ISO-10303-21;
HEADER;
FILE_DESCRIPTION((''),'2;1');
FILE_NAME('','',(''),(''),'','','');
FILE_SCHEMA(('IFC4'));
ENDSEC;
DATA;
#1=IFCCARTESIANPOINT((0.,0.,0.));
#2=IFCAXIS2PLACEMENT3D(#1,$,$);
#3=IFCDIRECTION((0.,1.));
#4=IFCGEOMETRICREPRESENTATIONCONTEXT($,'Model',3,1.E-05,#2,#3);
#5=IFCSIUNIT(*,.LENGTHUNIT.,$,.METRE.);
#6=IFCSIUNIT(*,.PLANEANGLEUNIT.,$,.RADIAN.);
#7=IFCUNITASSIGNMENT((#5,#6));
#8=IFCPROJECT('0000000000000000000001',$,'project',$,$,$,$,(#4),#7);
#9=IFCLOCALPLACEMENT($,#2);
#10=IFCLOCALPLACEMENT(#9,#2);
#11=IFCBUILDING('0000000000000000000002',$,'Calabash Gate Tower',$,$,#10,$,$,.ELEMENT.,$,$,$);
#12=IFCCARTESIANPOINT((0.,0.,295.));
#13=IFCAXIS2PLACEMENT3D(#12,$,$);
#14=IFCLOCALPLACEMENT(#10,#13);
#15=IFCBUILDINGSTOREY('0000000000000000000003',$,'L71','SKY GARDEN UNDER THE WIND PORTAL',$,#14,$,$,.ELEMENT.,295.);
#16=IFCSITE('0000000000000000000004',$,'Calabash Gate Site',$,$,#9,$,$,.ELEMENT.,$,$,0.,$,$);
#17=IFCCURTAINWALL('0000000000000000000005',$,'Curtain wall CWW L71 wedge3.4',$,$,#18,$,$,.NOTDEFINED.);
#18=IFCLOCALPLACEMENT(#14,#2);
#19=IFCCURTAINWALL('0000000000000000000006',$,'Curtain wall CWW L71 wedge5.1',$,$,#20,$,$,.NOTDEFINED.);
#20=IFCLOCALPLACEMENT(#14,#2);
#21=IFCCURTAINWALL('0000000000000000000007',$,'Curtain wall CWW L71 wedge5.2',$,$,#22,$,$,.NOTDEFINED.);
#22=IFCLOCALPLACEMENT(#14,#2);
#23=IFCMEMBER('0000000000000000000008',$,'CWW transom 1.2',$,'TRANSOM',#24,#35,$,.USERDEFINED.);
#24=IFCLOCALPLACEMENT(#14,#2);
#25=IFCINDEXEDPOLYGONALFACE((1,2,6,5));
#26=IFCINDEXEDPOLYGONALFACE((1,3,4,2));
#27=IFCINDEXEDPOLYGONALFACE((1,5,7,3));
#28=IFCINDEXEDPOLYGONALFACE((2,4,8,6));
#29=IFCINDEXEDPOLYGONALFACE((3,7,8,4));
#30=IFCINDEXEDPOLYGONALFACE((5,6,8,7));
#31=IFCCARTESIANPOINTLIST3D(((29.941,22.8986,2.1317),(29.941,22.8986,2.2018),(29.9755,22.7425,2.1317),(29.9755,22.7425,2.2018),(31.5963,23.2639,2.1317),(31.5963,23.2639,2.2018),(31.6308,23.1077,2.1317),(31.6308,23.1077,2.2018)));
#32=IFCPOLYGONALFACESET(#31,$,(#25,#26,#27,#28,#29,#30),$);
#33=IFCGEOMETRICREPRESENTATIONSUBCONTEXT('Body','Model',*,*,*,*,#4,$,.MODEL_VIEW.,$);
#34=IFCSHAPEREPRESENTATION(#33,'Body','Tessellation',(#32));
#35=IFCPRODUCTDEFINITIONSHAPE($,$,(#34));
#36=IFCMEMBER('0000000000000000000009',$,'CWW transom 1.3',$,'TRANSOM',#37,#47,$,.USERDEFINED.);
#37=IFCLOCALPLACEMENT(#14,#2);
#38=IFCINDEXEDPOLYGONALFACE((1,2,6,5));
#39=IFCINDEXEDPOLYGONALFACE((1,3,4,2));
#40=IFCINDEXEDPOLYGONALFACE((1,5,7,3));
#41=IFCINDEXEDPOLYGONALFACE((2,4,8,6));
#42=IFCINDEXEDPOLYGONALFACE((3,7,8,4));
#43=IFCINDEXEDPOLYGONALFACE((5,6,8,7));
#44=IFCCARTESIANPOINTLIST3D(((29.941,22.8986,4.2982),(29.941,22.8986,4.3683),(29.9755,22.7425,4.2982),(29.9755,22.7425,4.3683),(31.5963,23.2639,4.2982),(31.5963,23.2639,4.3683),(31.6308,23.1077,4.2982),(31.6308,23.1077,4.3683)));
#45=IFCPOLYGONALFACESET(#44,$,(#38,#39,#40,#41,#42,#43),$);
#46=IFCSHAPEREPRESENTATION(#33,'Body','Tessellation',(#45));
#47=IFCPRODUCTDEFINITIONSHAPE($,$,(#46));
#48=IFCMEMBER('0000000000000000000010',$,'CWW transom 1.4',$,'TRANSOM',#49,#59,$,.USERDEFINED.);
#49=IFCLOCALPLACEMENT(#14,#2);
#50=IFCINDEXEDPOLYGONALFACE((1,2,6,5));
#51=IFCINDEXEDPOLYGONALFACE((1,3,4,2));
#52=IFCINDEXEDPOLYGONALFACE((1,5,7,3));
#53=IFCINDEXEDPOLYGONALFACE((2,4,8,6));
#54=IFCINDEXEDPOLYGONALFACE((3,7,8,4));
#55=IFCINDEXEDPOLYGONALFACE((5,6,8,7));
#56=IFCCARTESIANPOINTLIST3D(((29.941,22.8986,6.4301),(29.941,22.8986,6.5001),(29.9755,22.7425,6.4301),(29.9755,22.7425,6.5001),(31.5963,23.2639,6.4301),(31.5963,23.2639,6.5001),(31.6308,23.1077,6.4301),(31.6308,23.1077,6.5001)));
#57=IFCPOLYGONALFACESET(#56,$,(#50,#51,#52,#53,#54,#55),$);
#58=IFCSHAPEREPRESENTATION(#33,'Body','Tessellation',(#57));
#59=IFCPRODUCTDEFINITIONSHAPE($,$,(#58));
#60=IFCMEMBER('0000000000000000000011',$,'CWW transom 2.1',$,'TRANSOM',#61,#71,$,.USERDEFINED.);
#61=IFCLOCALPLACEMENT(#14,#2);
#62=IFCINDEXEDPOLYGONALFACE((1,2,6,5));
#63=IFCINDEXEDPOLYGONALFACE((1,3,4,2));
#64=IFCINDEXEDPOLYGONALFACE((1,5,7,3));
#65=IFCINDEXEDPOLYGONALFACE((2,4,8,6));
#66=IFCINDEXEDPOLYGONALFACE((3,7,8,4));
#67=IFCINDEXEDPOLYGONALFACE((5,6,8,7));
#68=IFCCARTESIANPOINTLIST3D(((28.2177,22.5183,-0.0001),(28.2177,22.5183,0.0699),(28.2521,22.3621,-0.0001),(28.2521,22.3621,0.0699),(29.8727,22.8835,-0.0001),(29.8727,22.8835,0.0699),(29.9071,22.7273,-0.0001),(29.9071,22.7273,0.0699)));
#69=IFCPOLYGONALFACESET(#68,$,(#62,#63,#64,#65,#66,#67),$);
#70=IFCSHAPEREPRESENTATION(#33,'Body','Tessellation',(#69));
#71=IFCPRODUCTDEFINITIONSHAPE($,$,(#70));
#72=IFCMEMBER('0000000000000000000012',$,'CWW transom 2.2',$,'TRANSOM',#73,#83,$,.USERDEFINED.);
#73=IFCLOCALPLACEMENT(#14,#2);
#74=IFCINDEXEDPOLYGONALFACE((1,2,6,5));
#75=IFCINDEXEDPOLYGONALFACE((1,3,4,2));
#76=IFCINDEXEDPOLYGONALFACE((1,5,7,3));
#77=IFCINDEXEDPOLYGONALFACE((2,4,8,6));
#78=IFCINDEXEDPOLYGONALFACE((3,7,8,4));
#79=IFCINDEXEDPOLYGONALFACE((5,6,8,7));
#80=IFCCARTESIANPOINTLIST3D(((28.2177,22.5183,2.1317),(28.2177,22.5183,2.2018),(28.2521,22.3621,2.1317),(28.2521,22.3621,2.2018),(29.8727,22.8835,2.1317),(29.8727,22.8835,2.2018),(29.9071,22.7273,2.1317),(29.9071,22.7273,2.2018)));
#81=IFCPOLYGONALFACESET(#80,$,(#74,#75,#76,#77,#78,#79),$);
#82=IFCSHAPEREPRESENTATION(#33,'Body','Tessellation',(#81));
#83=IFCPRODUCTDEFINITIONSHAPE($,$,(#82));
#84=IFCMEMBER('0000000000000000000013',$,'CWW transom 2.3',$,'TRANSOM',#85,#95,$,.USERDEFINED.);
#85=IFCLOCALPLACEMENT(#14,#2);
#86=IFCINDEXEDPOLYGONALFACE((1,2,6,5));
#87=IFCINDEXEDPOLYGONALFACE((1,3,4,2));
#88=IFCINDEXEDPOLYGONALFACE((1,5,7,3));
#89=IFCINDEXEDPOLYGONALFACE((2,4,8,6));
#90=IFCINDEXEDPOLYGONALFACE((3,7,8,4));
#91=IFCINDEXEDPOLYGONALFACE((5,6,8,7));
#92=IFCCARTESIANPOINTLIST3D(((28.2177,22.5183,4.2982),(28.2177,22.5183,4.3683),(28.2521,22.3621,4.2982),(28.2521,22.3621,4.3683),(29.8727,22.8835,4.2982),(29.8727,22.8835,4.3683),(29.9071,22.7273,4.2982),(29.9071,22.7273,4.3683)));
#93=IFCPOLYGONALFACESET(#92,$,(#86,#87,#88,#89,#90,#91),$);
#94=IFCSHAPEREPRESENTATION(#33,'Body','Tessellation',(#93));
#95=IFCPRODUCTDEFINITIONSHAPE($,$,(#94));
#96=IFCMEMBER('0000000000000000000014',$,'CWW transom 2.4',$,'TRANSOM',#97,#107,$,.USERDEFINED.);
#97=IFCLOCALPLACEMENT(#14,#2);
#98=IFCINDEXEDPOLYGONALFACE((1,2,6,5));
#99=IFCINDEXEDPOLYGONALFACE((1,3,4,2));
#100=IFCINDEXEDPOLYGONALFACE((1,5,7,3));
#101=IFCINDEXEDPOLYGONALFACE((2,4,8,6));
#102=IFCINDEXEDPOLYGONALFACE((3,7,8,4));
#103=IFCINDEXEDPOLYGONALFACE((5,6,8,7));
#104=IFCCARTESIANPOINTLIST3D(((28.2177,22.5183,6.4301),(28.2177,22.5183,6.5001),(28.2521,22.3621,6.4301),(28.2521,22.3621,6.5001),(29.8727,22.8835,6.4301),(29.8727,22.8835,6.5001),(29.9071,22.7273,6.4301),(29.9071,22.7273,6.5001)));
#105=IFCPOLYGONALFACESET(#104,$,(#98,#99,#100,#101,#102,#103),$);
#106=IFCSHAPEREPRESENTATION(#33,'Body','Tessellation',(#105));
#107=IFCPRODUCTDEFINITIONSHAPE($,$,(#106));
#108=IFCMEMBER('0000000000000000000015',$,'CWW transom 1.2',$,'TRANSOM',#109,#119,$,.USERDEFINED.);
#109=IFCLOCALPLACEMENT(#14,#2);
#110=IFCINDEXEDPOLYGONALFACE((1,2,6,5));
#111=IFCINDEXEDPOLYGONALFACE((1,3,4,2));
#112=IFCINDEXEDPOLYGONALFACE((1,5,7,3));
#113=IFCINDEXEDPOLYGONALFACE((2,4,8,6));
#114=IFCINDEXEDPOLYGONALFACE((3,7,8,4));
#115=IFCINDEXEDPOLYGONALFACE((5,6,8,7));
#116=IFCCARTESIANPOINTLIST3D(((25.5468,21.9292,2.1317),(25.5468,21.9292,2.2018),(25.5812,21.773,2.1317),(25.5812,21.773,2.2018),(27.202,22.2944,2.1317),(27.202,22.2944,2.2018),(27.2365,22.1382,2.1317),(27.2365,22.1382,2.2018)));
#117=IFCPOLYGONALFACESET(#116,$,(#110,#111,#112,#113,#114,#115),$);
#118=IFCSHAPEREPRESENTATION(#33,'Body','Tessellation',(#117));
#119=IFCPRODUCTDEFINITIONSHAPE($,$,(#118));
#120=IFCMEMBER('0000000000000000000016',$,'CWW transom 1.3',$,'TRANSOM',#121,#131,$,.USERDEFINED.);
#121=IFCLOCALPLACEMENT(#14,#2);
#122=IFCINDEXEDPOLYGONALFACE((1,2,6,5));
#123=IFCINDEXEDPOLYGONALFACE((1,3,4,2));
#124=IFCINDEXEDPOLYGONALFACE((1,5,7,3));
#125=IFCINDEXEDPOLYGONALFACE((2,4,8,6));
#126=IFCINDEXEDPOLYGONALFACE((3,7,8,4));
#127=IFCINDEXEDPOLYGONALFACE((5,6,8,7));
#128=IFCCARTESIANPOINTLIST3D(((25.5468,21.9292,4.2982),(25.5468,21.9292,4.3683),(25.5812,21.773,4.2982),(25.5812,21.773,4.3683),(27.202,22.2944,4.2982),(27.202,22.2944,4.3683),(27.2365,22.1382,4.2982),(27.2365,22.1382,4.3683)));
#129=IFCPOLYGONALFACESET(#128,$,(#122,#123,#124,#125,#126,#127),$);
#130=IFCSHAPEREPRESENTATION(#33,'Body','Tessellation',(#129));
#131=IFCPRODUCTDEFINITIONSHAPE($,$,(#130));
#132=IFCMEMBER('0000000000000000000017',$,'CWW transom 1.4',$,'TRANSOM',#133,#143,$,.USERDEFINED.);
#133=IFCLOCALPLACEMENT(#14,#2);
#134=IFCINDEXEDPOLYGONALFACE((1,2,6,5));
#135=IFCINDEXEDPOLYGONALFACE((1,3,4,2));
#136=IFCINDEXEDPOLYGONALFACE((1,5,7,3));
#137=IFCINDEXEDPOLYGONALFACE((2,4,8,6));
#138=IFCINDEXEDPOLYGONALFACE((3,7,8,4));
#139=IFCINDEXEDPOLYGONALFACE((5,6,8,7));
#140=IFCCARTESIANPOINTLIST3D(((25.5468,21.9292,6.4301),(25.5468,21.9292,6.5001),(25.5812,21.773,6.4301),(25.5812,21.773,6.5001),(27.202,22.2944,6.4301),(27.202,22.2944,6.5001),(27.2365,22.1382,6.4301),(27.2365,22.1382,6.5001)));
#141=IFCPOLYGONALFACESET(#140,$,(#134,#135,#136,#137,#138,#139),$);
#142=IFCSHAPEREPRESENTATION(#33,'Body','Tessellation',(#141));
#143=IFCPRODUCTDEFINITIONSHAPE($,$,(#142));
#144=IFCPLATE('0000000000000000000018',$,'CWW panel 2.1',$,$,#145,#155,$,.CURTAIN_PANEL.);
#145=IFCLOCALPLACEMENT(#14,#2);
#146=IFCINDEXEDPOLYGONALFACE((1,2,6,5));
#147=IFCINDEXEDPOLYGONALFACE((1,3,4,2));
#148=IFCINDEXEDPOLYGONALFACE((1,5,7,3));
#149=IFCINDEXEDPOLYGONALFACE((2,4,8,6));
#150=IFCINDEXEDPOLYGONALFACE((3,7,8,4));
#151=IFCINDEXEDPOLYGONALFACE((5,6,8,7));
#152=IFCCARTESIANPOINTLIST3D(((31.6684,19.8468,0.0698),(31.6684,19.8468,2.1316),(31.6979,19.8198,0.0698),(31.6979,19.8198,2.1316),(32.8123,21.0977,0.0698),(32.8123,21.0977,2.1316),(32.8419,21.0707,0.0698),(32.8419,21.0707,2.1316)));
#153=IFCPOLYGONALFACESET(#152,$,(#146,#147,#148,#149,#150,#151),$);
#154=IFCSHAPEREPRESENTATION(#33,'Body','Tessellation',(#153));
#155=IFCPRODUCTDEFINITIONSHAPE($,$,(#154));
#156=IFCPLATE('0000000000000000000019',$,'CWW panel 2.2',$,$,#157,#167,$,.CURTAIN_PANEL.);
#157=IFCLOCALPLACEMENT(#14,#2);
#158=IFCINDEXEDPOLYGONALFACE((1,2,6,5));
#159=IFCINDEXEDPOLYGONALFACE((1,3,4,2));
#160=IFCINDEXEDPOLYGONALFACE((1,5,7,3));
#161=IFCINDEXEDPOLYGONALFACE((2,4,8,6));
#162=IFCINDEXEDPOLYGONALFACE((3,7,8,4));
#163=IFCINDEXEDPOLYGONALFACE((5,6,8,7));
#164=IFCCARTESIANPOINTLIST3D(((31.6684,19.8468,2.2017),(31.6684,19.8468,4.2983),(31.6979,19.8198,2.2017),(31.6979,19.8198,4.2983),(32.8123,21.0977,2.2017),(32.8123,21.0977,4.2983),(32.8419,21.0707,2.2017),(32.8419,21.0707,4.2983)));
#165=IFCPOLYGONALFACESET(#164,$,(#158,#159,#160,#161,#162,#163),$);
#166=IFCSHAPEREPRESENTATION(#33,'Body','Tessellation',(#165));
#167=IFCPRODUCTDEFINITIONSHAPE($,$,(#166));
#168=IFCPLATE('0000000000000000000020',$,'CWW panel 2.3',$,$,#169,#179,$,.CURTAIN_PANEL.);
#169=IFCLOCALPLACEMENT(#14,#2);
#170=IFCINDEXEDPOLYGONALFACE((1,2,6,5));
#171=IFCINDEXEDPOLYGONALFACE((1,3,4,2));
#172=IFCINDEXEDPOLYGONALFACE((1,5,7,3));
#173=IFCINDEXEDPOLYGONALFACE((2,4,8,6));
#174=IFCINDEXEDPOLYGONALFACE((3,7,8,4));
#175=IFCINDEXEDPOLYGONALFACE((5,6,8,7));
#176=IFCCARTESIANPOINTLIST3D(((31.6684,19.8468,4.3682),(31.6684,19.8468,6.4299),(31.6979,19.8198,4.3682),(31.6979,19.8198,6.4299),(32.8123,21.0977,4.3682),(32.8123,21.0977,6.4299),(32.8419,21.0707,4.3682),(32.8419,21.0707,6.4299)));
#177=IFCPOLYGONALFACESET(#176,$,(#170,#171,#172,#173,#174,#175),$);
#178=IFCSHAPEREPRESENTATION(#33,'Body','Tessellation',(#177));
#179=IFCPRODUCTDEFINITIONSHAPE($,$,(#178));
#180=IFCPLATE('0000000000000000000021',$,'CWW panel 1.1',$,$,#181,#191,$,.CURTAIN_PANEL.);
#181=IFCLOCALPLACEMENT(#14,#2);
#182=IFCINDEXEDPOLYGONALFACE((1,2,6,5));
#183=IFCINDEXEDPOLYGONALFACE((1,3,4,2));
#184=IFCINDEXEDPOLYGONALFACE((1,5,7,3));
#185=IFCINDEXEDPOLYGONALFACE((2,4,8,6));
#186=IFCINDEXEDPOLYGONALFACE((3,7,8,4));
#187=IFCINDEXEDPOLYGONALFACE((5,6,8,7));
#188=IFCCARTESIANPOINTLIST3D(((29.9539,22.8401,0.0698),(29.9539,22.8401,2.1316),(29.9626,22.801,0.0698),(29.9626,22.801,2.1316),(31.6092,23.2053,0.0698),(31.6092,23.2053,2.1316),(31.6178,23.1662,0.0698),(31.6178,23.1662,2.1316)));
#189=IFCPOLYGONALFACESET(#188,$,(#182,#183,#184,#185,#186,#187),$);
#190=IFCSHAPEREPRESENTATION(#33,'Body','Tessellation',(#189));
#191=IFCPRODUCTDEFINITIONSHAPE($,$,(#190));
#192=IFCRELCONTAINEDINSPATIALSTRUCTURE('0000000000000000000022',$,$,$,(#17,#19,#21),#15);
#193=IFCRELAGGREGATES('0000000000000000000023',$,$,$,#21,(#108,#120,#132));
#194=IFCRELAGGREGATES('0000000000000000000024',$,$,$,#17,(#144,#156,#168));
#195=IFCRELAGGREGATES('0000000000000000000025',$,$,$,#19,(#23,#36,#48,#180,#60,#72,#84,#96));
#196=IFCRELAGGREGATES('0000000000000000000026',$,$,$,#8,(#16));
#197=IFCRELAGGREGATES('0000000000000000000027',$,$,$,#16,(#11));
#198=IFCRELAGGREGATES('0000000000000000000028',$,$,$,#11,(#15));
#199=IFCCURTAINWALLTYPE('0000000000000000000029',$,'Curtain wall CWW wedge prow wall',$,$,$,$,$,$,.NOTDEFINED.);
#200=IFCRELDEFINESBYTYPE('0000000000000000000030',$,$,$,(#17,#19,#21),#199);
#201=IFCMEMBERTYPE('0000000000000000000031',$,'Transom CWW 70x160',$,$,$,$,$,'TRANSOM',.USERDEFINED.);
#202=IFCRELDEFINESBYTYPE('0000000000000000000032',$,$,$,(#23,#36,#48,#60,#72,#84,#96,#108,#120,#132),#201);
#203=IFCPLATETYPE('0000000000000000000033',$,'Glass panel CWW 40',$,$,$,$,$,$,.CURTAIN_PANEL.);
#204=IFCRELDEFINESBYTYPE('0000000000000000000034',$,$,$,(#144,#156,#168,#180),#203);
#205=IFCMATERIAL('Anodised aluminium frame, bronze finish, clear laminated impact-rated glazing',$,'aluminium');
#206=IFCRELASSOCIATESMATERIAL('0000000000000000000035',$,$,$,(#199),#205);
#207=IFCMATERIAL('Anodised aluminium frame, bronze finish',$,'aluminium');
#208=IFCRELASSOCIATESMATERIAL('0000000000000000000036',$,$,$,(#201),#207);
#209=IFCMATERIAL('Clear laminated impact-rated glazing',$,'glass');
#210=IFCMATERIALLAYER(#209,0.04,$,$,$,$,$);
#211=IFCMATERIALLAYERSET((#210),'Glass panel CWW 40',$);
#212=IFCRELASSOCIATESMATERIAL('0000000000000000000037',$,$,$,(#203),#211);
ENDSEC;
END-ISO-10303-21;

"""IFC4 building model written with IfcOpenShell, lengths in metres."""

from ifc_helpers import new_model, si_unit, direction, frame, origin, origin_2d, place, context, subcontext, project, spatial, rectangle, extrude, material, layer, layer_set, material_profile, profile_set, type_object, element, aggregate, save


model = new_model("IFC4")

# Units and contexts
model_context = context("Model", 3, precision=1e-05, world=origin(), true_north=direction((0.0, 1.0)))
body_context = subcontext(model_context, "Body", "Model", "MODEL_VIEW")
ifc_project = project(units=[si_unit("LENGTHUNIT", "METRE"), si_unit("PLANEANGLEUNIT", "RADIAN")], contexts=[model_context])

# Site, building, storey
site_placement = place(None, origin())
site = spatial("IfcSite", under=ifc_project, at=site_placement, Name="Calabash Gate Site", CompositionType="ELEMENT", RefElevation=0.0)
building_placement = place(site_placement, origin())
building = spatial("IfcBuilding", under=site, at=building_placement, Name="Calabash Gate Tower", CompositionType="ELEMENT")
storey_placement = place(building_placement, frame((0.0, 0.0, 295.0)))
storey = spatial("IfcBuildingStorey", under=building, at=storey_placement, Name="L71", Description="SKY GARDEN UNDER THE WIND PORTAL", CompositionType="ELEMENT", Elevation=295.0)

# Curtain wall
ifc_material_1 = material(Name="Anodised aluminium frame, bronze finish, clear laminated impact-rated glazing", Category="aluminium")
curtain_wall_type = type_object("IfcCurtainWallType", Name="Curtain wall CWW wedge prow wall", PredefinedType="NOTDEFINED", material=ifc_material_1)
curtain_wall_1_placement = place(storey_placement, origin())
curtain_wall_1 = element("IfcCurtainWall", 1, at=curtain_wall_1_placement, inside=storey, type_object=curtain_wall_type, Name="Curtain wall CWW L71 wedge3.4", PredefinedType="NOTDEFINED")

# Curtain wall
curtain_wall_2_placement = place(storey_placement, origin())
curtain_wall_2 = element("IfcCurtainWall", 2, at=curtain_wall_2_placement, inside=storey, type_object=curtain_wall_type, Name="Curtain wall CWW L71 wedge5.1", PredefinedType="NOTDEFINED")

# Curtain wall
curtain_wall_3_placement = place(storey_placement, origin())
curtain_wall_3 = element("IfcCurtainWall", 3, at=curtain_wall_3_placement, inside=storey, type_object=curtain_wall_type, Name="Curtain wall CWW L71 wedge5.2", PredefinedType="NOTDEFINED")

# Members
ifc_material_2 = material(Name="Anodised aluminium frame, bronze finish", Category="aluminium")
ifc_material_profile_1 = material_profile(ifc_material_2, rectangle(XDim=0.1599, YDim=0.0701, at=origin_2d()))
ifc_profile_set_1 = profile_set([ifc_material_profile_1], Name="Anodised aluminium frame, bronze finish")
member_type_1 = type_object("IfcMemberType", Name="Transom CWW 70x160", ElementType="TRANSOM", PredefinedType="USERDEFINED", material=ifc_profile_set_1)
member_1_placement = place(storey_placement, frame((31.6135, 23.1858, 2.1667), z_axis=(-0.976511, -0.215466, 0.0), x_axis=(0.215466, -0.976511, 0.0)))
member_1 = element("IfcMember", 4, at=member_1_placement, type_object=member_type_1, Name="CWW transom 1.2", ObjectType="TRANSOM", PredefinedType="USERDEFINED", context=body_context, shape_type="SweptSolid", body=[
    extrude(rectangle(XDim=0.1599, YDim=0.0701, at=origin_2d()), origin(), (0.0, 0.0, 1.0), 1.6951),
])
member_2_placement = place(storey_placement, frame((31.6135, 23.1858, 4.3333), z_axis=(-0.976511, -0.215466, 0.0), x_axis=(0.215466, -0.976511, 0.0)))
member_2 = element("IfcMember", 5, at=member_2_placement, type_object=member_type_1, Name="CWW transom 1.3", ObjectType="TRANSOM", PredefinedType="USERDEFINED", context=body_context, shape_type="SweptSolid", body=[
    extrude(rectangle(XDim=0.1599, YDim=0.0701, at=origin_2d()), origin(), (0.0, 0.0, 1.0), 1.6951),
])
member_3_placement = place(storey_placement, frame((31.6135, 23.1858, 6.4651), z_axis=(-0.976511, -0.215466, 0.0), x_axis=(0.215466, -0.976511, 0.0)))
member_3 = element("IfcMember", 6, at=member_3_placement, type_object=member_type_1, Name="CWW transom 1.4", ObjectType="TRANSOM", PredefinedType="USERDEFINED", context=body_context, shape_type="SweptSolid", body=[
    extrude(rectangle(XDim=0.1599, YDim=0.0701, at=origin_2d()), origin(), (0.0, 0.0, 1.0), 1.6951),
])
member_4_placement = place(storey_placement, frame((29.8899, 22.8054, 0.0349), z_axis=(-0.976505, -0.215497, 0.0), x_axis=(0.215497, -0.976505, 0.0)))
member_4 = element("IfcMember", 7, at=member_4_placement, type_object=member_type_1, Name="CWW transom 2.1", ObjectType="TRANSOM", PredefinedType="USERDEFINED", context=body_context, shape_type="SweptSolid", body=[
    extrude(rectangle(XDim=0.1599, YDim=0.0701, at=origin_2d()), origin(), (0.0, 0.0, 1.0), 1.6948),
])
member_5_placement = place(storey_placement, frame((29.8899, 22.8054, 2.1667), z_axis=(-0.976505, -0.215497, 0.0), x_axis=(0.215497, -0.976505, 0.0)))
member_5 = element("IfcMember", 8, at=member_5_placement, type_object=member_type_1, Name="CWW transom 2.2", ObjectType="TRANSOM", PredefinedType="USERDEFINED", context=body_context, shape_type="SweptSolid", body=[
    extrude(rectangle(XDim=0.1599, YDim=0.0701, at=origin_2d()), origin(), (0.0, 0.0, 1.0), 1.6948),
])
member_6_placement = place(storey_placement, frame((29.8899, 22.8054, 4.3333), z_axis=(-0.976505, -0.215497, 0.0), x_axis=(0.215497, -0.976505, 0.0)))
member_6 = element("IfcMember", 9, at=member_6_placement, type_object=member_type_1, Name="CWW transom 2.3", ObjectType="TRANSOM", PredefinedType="USERDEFINED", context=body_context, shape_type="SweptSolid", body=[
    extrude(rectangle(XDim=0.1599, YDim=0.0701, at=origin_2d()), origin(), (0.0, 0.0, 1.0), 1.6948),
])
member_7_placement = place(storey_placement, frame((29.8899, 22.8054, 6.4651), z_axis=(-0.976505, -0.215497, 0.0), x_axis=(0.215497, -0.976505, 0.0)))
member_7 = element("IfcMember", 10, at=member_7_placement, type_object=member_type_1, Name="CWW transom 2.4", ObjectType="TRANSOM", PredefinedType="USERDEFINED", context=body_context, shape_type="SweptSolid", body=[
    extrude(rectangle(XDim=0.1599, YDim=0.0701, at=origin_2d()), origin(), (0.0, 0.0, 1.0), 1.6948),
])
member_8_placement = place(storey_placement, frame((27.2192, 22.2163, 2.1667), z_axis=(-0.976511, -0.215466, 0.0), x_axis=(0.215466, -0.976511, 0.0)))
member_8 = element("IfcMember", 11, at=member_8_placement, type_object=member_type_1, Name="CWW transom 1.2", ObjectType="TRANSOM", PredefinedType="USERDEFINED", context=body_context, shape_type="SweptSolid", body=[
    extrude(rectangle(XDim=0.1599, YDim=0.0701, at=origin_2d()), origin(), (0.0, 0.0, 1.0), 1.6951),
])
member_9_placement = place(storey_placement, frame((27.2192, 22.2163, 4.3333), z_axis=(-0.976511, -0.215466, 0.0), x_axis=(0.215466, -0.976511, 0.0)))
member_9 = element("IfcMember", 12, at=member_9_placement, type_object=member_type_1, Name="CWW transom 1.3", ObjectType="TRANSOM", PredefinedType="USERDEFINED", context=body_context, shape_type="SweptSolid", body=[
    extrude(rectangle(XDim=0.1599, YDim=0.0701, at=origin_2d()), origin(), (0.0, 0.0, 1.0), 1.6951),
])
member_10_placement = place(storey_placement, frame((27.2192, 22.2163, 6.4651), z_axis=(-0.976511, -0.215466, 0.0), x_axis=(0.215466, -0.976511, 0.0)))
member_10 = element("IfcMember", 13, at=member_10_placement, type_object=member_type_1, Name="CWW transom 1.4", ObjectType="TRANSOM", PredefinedType="USERDEFINED", context=body_context, shape_type="SweptSolid", body=[
    extrude(rectangle(XDim=0.1599, YDim=0.0701, at=origin_2d()), origin(), (0.0, 0.0, 1.0), 1.6951),
])
aggregate(curtain_wall_3, [member_8, member_9, member_10])

# Plates
ifc_material_3 = material(Name="Clear laminated impact-rated glazing", Category="glass")
ifc_layer_1 = layer(ifc_material_3, 0.04)
ifc_layer_set_1 = layer_set([ifc_layer_1], Name="Glass panel CWW 40")
plate_type = type_object("IfcPlateType", Name="Glass panel CWW 40", PredefinedType="CURTAIN_PANEL", material=ifc_layer_set_1)
plate_1_placement = place(storey_placement, frame((32.2551, 20.4587, 0.0698), z_axis=(0.0, 0.0, 1.0), x_axis=(0.674856, 0.737949, 0.0)))
plate_1 = element("IfcPlate", 14, at=plate_1_placement, type_object=plate_type, Name="CWW panel 2.1", PredefinedType="CURTAIN_PANEL", context=body_context, shape_type="SweptSolid", body=[
    extrude(rectangle(XDim=1.6951, YDim=0.04, at=origin_2d()), origin(), (0.0, 0.0, 1.0), 2.0618),
])
plate_2_placement = place(storey_placement, frame((32.2551, 20.4587, 2.2017), z_axis=(0.0, 0.0, 1.0), x_axis=(0.674856, 0.737949, 0.0)))
plate_2 = element("IfcPlate", 15, at=plate_2_placement, type_object=plate_type, Name="CWW panel 2.2", PredefinedType="CURTAIN_PANEL", context=body_context, shape_type="SweptSolid", body=[
    extrude(rectangle(XDim=1.6951, YDim=0.04, at=origin_2d()), origin(), (0.0, 0.0, 1.0), 2.0967),
])
plate_3_placement = place(storey_placement, frame((32.2551, 20.4587, 4.3682), z_axis=(0.0, 0.0, 1.0), x_axis=(0.674856, 0.737949, 0.0)))
plate_3 = element("IfcPlate", 16, at=plate_3_placement, type_object=plate_type, Name="CWW panel 2.3", PredefinedType="CURTAIN_PANEL", context=body_context, shape_type="SweptSolid", body=[
    extrude(rectangle(XDim=1.6951, YDim=0.04, at=origin_2d()), origin(), (0.0, 0.0, 1.0), 2.0618),
])
aggregate(curtain_wall_1, [plate_1, plate_2, plate_3])
plate_4_placement = place(storey_placement, frame((30.7859, 23.0032, 0.0698), z_axis=(0.0, 0.0, 1.0), x_axis=(-0.976511, -0.215468, 0.0)))
plate_4 = element("IfcPlate", 17, at=plate_4_placement, type_object=plate_type, Name="CWW panel 1.1", PredefinedType="CURTAIN_PANEL", context=body_context, shape_type="SweptSolid", body=[
    extrude(rectangle(XDim=1.6951, YDim=0.04, at=origin_2d()), origin(), (0.0, 0.0, 1.0), 2.0618),
])
aggregate(curtain_wall_2, [member_1, member_2, member_3, plate_4, member_4, member_5, member_6, member_7])

save(model, "model.ifc")
